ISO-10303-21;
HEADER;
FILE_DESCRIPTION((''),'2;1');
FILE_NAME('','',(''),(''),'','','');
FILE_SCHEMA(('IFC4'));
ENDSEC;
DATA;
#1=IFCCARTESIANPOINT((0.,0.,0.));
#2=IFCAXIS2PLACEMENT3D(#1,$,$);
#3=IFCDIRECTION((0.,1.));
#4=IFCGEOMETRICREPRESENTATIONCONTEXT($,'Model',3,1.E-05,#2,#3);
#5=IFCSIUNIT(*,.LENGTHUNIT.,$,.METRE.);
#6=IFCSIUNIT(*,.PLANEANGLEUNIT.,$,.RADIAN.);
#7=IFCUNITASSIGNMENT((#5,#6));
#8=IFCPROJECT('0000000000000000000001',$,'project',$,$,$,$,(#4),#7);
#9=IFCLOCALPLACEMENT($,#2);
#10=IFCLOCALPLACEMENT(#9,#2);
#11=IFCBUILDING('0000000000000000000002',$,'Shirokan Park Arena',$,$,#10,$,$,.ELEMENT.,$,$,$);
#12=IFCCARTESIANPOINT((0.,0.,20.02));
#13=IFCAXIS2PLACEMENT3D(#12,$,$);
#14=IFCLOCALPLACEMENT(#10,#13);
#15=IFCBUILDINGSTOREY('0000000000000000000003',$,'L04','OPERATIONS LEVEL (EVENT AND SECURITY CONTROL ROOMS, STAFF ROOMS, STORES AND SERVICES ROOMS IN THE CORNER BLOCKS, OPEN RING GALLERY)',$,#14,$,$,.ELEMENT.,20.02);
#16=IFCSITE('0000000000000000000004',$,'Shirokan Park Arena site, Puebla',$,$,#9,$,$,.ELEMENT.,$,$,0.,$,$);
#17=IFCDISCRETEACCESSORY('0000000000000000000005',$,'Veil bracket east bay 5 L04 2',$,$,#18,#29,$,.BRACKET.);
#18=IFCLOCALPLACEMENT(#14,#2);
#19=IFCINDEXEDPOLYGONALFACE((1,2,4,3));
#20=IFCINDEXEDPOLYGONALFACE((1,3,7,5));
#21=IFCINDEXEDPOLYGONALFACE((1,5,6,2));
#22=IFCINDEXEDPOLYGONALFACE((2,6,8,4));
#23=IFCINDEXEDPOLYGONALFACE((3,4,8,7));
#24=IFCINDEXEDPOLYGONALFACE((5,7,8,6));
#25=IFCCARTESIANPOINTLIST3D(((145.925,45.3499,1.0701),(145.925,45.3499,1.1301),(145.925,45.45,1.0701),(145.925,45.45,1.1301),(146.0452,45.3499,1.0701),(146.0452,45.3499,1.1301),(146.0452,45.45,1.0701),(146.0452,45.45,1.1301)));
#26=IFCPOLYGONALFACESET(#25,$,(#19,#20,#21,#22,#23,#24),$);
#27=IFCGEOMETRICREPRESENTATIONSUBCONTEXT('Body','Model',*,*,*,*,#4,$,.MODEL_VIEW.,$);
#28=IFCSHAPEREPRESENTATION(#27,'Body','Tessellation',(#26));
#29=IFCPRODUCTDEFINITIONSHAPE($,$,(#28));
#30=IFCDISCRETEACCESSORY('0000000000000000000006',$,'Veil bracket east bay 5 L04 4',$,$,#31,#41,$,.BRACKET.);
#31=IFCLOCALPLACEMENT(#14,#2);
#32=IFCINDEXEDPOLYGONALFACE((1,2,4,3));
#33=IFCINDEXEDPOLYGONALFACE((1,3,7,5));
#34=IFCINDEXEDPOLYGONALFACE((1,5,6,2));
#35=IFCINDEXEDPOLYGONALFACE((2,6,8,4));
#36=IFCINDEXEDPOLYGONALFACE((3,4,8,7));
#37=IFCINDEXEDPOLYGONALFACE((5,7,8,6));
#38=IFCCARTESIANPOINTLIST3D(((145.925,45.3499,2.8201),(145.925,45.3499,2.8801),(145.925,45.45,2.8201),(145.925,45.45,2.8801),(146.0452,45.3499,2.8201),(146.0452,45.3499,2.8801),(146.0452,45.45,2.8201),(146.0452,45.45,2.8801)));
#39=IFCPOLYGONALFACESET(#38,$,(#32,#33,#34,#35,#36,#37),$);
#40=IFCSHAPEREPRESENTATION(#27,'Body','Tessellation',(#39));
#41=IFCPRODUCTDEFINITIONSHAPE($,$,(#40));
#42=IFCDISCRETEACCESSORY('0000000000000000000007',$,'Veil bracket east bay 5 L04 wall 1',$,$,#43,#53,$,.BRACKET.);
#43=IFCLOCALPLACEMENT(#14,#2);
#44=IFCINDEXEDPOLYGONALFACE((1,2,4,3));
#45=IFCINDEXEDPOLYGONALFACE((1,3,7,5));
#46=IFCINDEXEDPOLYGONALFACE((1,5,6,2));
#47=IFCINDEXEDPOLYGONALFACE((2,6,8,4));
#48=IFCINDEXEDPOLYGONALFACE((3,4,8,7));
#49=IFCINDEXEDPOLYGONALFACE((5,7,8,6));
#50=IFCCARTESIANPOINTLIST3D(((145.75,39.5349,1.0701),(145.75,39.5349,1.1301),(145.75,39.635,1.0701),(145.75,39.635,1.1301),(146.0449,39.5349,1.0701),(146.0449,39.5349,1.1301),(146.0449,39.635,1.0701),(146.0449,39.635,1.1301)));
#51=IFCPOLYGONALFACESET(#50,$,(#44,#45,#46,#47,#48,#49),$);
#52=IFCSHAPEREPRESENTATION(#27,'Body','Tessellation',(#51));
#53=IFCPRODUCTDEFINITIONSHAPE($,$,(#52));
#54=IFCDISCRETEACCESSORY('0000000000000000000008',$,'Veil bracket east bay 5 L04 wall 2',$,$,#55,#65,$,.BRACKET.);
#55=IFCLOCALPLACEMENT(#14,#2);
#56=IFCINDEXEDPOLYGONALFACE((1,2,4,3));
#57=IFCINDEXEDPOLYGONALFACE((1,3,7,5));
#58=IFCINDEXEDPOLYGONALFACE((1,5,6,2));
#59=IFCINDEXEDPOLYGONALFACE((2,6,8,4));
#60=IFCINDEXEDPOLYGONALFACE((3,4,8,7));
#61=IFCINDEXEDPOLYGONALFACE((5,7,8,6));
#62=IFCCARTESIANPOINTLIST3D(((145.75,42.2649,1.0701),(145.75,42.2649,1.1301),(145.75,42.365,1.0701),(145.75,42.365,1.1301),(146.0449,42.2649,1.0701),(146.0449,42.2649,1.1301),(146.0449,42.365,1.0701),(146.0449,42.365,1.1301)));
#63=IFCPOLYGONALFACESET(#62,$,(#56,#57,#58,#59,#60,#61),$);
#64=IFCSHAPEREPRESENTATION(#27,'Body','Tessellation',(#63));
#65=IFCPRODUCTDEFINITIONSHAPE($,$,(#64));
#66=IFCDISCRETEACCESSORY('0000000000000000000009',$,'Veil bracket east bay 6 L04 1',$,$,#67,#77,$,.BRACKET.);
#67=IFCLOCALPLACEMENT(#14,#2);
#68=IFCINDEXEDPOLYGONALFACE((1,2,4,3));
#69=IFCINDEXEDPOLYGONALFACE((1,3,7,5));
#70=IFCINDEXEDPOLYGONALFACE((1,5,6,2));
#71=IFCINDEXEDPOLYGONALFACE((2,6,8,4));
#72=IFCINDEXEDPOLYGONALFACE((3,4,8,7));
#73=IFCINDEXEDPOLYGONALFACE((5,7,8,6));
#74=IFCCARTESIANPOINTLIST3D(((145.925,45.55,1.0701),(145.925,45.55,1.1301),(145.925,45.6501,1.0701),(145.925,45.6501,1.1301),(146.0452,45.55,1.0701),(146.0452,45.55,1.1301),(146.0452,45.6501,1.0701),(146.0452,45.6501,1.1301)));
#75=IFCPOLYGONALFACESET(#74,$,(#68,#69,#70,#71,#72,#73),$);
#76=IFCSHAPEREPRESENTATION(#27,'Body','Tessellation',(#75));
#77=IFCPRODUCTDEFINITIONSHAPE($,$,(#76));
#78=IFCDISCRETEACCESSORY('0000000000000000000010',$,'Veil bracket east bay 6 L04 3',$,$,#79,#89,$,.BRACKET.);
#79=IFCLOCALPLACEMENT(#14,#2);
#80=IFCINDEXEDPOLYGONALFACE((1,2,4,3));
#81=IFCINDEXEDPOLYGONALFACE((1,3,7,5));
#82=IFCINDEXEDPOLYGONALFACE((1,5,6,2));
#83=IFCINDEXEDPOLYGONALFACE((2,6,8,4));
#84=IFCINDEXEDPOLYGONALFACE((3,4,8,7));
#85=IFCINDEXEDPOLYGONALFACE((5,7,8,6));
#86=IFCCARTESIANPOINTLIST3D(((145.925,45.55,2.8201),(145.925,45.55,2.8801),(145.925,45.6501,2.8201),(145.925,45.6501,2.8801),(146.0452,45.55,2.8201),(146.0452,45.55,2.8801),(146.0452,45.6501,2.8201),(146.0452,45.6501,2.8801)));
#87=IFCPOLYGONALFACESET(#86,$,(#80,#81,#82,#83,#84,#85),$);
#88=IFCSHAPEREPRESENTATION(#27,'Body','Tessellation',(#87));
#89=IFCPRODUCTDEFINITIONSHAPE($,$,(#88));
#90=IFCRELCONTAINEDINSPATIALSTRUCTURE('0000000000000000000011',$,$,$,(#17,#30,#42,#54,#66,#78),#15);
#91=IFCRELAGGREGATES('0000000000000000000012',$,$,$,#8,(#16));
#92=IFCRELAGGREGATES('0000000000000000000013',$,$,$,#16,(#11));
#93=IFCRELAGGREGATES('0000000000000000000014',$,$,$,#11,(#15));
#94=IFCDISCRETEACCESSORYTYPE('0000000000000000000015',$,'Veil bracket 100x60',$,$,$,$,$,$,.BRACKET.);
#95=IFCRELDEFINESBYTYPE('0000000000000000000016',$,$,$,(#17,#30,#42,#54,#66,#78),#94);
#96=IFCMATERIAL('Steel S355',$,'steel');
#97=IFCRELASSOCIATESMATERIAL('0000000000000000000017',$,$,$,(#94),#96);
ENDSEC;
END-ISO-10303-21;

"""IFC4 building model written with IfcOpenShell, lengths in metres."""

from ifc_helpers import new_model, si_unit, direction, frame, origin, origin_2d, place, context, subcontext, project, spatial, rectangle, extrude, material, type_object, element, save


model = new_model("IFC4")

# Units and contexts
model_context = context("Model", 3, precision=1e-05, world=origin(), true_north=direction((0.0, 1.0)))
body_context = subcontext(model_context, "Body", "Model", "MODEL_VIEW")
ifc_project = project(units=[si_unit("LENGTHUNIT", "METRE"), si_unit("PLANEANGLEUNIT", "RADIAN")], contexts=[model_context])

# Site, building, storey
site_placement = place(None, origin())
site = spatial("IfcSite", under=ifc_project, at=site_placement, Name="Shirokan Park Arena site, Puebla", CompositionType="ELEMENT", RefElevation=0.0)
building_placement = place(site_placement, origin())
building = spatial("IfcBuilding", under=site, at=building_placement, Name="Shirokan Park Arena", CompositionType="ELEMENT")
storey_placement = place(building_placement, frame((0.0, 0.0, 20.02)))
storey = spatial("IfcBuildingStorey", under=building, at=storey_placement, Name="L04", Description="OPERATIONS LEVEL (EVENT AND SECURITY CONTROL ROOMS, STAFF ROOMS, STORES AND SERVICES ROOMS IN THE CORNER BLOCKS, OPEN RING GALLERY)", CompositionType="ELEMENT", Elevation=20.02)

# Shared definitions
ifc_material_1 = material(Name="Steel S355", Category="steel")

# Discrete accessories
discrete_accessory_type = type_object("IfcDiscreteAccessoryType", Name="Veil bracket 100x60", PredefinedType="BRACKET", material=ifc_material_1)
for number, where, z_axis, x_axis, name in (
    (1, (145.9851, 45.3999, 1.0701), (0.0, 0.0, 1.0), (0.0, 1.0, 0.0), "Veil bracket east bay 5 L04 2"),
    (2, (145.9851, 45.3999, 2.8201), (0.0, 0.0, 1.0), (0.0, 1.0, 0.0), "Veil bracket east bay 5 L04 4"),
):
    element("IfcDiscreteAccessory", number, at=place(storey_placement, frame(where, z_axis=z_axis, x_axis=x_axis)), inside=storey, type_object=discrete_accessory_type, Name=name, PredefinedType="BRACKET", context=body_context, shape_type="SweptSolid", body=[
        extrude(rectangle(XDim=0.1001, YDim=0.1201, at=origin_2d()), origin(), (0.0, 0.0, 1.0), 0.0601),
    ])
for number, where, z_axis, x_axis, name in (
    (3, (145.8975, 39.585, 1.0701), (0.0, 0.0, 1.0), (0.0, 1.0, 0.0), "Veil bracket east bay 5 L04 wall 1"),
    (4, (145.8975, 42.3149, 1.0701), (0.0, 0.0, 1.0), (0.0, 1.0, 0.0), "Veil bracket east bay 5 L04 wall 2"),
):
    element("IfcDiscreteAccessory", number, at=place(storey_placement, frame(where, z_axis=z_axis, x_axis=x_axis)), inside=storey, type_object=discrete_accessory_type, Name=name, PredefinedType="BRACKET", context=body_context, shape_type="SweptSolid", body=[
        extrude(rectangle(XDim=0.1001, YDim=0.2949, at=origin_2d()), origin(), (0.0, 0.0, 1.0), 0.0601),
    ])
for number, where, z_axis, x_axis, name in (
    (5, (145.9851, 45.6001, 1.0701), (0.0, 0.0, 1.0), (0.0, 1.0, 0.0), "Veil bracket east bay 6 L04 1"),
    (6, (145.9851, 45.6001, 2.8201), (0.0, 0.0, 1.0), (0.0, 1.0, 0.0), "Veil bracket east bay 6 L04 3"),
):
    element("IfcDiscreteAccessory", number, at=place(storey_placement, frame(where, z_axis=z_axis, x_axis=x_axis)), inside=storey, type_object=discrete_accessory_type, Name=name, PredefinedType="BRACKET", context=body_context, shape_type="SweptSolid", body=[
        extrude(rectangle(XDim=0.1001, YDim=0.1201, at=origin_2d()), origin(), (0.0, 0.0, 1.0), 0.0601),
    ])

save(model, "model.ifc")
